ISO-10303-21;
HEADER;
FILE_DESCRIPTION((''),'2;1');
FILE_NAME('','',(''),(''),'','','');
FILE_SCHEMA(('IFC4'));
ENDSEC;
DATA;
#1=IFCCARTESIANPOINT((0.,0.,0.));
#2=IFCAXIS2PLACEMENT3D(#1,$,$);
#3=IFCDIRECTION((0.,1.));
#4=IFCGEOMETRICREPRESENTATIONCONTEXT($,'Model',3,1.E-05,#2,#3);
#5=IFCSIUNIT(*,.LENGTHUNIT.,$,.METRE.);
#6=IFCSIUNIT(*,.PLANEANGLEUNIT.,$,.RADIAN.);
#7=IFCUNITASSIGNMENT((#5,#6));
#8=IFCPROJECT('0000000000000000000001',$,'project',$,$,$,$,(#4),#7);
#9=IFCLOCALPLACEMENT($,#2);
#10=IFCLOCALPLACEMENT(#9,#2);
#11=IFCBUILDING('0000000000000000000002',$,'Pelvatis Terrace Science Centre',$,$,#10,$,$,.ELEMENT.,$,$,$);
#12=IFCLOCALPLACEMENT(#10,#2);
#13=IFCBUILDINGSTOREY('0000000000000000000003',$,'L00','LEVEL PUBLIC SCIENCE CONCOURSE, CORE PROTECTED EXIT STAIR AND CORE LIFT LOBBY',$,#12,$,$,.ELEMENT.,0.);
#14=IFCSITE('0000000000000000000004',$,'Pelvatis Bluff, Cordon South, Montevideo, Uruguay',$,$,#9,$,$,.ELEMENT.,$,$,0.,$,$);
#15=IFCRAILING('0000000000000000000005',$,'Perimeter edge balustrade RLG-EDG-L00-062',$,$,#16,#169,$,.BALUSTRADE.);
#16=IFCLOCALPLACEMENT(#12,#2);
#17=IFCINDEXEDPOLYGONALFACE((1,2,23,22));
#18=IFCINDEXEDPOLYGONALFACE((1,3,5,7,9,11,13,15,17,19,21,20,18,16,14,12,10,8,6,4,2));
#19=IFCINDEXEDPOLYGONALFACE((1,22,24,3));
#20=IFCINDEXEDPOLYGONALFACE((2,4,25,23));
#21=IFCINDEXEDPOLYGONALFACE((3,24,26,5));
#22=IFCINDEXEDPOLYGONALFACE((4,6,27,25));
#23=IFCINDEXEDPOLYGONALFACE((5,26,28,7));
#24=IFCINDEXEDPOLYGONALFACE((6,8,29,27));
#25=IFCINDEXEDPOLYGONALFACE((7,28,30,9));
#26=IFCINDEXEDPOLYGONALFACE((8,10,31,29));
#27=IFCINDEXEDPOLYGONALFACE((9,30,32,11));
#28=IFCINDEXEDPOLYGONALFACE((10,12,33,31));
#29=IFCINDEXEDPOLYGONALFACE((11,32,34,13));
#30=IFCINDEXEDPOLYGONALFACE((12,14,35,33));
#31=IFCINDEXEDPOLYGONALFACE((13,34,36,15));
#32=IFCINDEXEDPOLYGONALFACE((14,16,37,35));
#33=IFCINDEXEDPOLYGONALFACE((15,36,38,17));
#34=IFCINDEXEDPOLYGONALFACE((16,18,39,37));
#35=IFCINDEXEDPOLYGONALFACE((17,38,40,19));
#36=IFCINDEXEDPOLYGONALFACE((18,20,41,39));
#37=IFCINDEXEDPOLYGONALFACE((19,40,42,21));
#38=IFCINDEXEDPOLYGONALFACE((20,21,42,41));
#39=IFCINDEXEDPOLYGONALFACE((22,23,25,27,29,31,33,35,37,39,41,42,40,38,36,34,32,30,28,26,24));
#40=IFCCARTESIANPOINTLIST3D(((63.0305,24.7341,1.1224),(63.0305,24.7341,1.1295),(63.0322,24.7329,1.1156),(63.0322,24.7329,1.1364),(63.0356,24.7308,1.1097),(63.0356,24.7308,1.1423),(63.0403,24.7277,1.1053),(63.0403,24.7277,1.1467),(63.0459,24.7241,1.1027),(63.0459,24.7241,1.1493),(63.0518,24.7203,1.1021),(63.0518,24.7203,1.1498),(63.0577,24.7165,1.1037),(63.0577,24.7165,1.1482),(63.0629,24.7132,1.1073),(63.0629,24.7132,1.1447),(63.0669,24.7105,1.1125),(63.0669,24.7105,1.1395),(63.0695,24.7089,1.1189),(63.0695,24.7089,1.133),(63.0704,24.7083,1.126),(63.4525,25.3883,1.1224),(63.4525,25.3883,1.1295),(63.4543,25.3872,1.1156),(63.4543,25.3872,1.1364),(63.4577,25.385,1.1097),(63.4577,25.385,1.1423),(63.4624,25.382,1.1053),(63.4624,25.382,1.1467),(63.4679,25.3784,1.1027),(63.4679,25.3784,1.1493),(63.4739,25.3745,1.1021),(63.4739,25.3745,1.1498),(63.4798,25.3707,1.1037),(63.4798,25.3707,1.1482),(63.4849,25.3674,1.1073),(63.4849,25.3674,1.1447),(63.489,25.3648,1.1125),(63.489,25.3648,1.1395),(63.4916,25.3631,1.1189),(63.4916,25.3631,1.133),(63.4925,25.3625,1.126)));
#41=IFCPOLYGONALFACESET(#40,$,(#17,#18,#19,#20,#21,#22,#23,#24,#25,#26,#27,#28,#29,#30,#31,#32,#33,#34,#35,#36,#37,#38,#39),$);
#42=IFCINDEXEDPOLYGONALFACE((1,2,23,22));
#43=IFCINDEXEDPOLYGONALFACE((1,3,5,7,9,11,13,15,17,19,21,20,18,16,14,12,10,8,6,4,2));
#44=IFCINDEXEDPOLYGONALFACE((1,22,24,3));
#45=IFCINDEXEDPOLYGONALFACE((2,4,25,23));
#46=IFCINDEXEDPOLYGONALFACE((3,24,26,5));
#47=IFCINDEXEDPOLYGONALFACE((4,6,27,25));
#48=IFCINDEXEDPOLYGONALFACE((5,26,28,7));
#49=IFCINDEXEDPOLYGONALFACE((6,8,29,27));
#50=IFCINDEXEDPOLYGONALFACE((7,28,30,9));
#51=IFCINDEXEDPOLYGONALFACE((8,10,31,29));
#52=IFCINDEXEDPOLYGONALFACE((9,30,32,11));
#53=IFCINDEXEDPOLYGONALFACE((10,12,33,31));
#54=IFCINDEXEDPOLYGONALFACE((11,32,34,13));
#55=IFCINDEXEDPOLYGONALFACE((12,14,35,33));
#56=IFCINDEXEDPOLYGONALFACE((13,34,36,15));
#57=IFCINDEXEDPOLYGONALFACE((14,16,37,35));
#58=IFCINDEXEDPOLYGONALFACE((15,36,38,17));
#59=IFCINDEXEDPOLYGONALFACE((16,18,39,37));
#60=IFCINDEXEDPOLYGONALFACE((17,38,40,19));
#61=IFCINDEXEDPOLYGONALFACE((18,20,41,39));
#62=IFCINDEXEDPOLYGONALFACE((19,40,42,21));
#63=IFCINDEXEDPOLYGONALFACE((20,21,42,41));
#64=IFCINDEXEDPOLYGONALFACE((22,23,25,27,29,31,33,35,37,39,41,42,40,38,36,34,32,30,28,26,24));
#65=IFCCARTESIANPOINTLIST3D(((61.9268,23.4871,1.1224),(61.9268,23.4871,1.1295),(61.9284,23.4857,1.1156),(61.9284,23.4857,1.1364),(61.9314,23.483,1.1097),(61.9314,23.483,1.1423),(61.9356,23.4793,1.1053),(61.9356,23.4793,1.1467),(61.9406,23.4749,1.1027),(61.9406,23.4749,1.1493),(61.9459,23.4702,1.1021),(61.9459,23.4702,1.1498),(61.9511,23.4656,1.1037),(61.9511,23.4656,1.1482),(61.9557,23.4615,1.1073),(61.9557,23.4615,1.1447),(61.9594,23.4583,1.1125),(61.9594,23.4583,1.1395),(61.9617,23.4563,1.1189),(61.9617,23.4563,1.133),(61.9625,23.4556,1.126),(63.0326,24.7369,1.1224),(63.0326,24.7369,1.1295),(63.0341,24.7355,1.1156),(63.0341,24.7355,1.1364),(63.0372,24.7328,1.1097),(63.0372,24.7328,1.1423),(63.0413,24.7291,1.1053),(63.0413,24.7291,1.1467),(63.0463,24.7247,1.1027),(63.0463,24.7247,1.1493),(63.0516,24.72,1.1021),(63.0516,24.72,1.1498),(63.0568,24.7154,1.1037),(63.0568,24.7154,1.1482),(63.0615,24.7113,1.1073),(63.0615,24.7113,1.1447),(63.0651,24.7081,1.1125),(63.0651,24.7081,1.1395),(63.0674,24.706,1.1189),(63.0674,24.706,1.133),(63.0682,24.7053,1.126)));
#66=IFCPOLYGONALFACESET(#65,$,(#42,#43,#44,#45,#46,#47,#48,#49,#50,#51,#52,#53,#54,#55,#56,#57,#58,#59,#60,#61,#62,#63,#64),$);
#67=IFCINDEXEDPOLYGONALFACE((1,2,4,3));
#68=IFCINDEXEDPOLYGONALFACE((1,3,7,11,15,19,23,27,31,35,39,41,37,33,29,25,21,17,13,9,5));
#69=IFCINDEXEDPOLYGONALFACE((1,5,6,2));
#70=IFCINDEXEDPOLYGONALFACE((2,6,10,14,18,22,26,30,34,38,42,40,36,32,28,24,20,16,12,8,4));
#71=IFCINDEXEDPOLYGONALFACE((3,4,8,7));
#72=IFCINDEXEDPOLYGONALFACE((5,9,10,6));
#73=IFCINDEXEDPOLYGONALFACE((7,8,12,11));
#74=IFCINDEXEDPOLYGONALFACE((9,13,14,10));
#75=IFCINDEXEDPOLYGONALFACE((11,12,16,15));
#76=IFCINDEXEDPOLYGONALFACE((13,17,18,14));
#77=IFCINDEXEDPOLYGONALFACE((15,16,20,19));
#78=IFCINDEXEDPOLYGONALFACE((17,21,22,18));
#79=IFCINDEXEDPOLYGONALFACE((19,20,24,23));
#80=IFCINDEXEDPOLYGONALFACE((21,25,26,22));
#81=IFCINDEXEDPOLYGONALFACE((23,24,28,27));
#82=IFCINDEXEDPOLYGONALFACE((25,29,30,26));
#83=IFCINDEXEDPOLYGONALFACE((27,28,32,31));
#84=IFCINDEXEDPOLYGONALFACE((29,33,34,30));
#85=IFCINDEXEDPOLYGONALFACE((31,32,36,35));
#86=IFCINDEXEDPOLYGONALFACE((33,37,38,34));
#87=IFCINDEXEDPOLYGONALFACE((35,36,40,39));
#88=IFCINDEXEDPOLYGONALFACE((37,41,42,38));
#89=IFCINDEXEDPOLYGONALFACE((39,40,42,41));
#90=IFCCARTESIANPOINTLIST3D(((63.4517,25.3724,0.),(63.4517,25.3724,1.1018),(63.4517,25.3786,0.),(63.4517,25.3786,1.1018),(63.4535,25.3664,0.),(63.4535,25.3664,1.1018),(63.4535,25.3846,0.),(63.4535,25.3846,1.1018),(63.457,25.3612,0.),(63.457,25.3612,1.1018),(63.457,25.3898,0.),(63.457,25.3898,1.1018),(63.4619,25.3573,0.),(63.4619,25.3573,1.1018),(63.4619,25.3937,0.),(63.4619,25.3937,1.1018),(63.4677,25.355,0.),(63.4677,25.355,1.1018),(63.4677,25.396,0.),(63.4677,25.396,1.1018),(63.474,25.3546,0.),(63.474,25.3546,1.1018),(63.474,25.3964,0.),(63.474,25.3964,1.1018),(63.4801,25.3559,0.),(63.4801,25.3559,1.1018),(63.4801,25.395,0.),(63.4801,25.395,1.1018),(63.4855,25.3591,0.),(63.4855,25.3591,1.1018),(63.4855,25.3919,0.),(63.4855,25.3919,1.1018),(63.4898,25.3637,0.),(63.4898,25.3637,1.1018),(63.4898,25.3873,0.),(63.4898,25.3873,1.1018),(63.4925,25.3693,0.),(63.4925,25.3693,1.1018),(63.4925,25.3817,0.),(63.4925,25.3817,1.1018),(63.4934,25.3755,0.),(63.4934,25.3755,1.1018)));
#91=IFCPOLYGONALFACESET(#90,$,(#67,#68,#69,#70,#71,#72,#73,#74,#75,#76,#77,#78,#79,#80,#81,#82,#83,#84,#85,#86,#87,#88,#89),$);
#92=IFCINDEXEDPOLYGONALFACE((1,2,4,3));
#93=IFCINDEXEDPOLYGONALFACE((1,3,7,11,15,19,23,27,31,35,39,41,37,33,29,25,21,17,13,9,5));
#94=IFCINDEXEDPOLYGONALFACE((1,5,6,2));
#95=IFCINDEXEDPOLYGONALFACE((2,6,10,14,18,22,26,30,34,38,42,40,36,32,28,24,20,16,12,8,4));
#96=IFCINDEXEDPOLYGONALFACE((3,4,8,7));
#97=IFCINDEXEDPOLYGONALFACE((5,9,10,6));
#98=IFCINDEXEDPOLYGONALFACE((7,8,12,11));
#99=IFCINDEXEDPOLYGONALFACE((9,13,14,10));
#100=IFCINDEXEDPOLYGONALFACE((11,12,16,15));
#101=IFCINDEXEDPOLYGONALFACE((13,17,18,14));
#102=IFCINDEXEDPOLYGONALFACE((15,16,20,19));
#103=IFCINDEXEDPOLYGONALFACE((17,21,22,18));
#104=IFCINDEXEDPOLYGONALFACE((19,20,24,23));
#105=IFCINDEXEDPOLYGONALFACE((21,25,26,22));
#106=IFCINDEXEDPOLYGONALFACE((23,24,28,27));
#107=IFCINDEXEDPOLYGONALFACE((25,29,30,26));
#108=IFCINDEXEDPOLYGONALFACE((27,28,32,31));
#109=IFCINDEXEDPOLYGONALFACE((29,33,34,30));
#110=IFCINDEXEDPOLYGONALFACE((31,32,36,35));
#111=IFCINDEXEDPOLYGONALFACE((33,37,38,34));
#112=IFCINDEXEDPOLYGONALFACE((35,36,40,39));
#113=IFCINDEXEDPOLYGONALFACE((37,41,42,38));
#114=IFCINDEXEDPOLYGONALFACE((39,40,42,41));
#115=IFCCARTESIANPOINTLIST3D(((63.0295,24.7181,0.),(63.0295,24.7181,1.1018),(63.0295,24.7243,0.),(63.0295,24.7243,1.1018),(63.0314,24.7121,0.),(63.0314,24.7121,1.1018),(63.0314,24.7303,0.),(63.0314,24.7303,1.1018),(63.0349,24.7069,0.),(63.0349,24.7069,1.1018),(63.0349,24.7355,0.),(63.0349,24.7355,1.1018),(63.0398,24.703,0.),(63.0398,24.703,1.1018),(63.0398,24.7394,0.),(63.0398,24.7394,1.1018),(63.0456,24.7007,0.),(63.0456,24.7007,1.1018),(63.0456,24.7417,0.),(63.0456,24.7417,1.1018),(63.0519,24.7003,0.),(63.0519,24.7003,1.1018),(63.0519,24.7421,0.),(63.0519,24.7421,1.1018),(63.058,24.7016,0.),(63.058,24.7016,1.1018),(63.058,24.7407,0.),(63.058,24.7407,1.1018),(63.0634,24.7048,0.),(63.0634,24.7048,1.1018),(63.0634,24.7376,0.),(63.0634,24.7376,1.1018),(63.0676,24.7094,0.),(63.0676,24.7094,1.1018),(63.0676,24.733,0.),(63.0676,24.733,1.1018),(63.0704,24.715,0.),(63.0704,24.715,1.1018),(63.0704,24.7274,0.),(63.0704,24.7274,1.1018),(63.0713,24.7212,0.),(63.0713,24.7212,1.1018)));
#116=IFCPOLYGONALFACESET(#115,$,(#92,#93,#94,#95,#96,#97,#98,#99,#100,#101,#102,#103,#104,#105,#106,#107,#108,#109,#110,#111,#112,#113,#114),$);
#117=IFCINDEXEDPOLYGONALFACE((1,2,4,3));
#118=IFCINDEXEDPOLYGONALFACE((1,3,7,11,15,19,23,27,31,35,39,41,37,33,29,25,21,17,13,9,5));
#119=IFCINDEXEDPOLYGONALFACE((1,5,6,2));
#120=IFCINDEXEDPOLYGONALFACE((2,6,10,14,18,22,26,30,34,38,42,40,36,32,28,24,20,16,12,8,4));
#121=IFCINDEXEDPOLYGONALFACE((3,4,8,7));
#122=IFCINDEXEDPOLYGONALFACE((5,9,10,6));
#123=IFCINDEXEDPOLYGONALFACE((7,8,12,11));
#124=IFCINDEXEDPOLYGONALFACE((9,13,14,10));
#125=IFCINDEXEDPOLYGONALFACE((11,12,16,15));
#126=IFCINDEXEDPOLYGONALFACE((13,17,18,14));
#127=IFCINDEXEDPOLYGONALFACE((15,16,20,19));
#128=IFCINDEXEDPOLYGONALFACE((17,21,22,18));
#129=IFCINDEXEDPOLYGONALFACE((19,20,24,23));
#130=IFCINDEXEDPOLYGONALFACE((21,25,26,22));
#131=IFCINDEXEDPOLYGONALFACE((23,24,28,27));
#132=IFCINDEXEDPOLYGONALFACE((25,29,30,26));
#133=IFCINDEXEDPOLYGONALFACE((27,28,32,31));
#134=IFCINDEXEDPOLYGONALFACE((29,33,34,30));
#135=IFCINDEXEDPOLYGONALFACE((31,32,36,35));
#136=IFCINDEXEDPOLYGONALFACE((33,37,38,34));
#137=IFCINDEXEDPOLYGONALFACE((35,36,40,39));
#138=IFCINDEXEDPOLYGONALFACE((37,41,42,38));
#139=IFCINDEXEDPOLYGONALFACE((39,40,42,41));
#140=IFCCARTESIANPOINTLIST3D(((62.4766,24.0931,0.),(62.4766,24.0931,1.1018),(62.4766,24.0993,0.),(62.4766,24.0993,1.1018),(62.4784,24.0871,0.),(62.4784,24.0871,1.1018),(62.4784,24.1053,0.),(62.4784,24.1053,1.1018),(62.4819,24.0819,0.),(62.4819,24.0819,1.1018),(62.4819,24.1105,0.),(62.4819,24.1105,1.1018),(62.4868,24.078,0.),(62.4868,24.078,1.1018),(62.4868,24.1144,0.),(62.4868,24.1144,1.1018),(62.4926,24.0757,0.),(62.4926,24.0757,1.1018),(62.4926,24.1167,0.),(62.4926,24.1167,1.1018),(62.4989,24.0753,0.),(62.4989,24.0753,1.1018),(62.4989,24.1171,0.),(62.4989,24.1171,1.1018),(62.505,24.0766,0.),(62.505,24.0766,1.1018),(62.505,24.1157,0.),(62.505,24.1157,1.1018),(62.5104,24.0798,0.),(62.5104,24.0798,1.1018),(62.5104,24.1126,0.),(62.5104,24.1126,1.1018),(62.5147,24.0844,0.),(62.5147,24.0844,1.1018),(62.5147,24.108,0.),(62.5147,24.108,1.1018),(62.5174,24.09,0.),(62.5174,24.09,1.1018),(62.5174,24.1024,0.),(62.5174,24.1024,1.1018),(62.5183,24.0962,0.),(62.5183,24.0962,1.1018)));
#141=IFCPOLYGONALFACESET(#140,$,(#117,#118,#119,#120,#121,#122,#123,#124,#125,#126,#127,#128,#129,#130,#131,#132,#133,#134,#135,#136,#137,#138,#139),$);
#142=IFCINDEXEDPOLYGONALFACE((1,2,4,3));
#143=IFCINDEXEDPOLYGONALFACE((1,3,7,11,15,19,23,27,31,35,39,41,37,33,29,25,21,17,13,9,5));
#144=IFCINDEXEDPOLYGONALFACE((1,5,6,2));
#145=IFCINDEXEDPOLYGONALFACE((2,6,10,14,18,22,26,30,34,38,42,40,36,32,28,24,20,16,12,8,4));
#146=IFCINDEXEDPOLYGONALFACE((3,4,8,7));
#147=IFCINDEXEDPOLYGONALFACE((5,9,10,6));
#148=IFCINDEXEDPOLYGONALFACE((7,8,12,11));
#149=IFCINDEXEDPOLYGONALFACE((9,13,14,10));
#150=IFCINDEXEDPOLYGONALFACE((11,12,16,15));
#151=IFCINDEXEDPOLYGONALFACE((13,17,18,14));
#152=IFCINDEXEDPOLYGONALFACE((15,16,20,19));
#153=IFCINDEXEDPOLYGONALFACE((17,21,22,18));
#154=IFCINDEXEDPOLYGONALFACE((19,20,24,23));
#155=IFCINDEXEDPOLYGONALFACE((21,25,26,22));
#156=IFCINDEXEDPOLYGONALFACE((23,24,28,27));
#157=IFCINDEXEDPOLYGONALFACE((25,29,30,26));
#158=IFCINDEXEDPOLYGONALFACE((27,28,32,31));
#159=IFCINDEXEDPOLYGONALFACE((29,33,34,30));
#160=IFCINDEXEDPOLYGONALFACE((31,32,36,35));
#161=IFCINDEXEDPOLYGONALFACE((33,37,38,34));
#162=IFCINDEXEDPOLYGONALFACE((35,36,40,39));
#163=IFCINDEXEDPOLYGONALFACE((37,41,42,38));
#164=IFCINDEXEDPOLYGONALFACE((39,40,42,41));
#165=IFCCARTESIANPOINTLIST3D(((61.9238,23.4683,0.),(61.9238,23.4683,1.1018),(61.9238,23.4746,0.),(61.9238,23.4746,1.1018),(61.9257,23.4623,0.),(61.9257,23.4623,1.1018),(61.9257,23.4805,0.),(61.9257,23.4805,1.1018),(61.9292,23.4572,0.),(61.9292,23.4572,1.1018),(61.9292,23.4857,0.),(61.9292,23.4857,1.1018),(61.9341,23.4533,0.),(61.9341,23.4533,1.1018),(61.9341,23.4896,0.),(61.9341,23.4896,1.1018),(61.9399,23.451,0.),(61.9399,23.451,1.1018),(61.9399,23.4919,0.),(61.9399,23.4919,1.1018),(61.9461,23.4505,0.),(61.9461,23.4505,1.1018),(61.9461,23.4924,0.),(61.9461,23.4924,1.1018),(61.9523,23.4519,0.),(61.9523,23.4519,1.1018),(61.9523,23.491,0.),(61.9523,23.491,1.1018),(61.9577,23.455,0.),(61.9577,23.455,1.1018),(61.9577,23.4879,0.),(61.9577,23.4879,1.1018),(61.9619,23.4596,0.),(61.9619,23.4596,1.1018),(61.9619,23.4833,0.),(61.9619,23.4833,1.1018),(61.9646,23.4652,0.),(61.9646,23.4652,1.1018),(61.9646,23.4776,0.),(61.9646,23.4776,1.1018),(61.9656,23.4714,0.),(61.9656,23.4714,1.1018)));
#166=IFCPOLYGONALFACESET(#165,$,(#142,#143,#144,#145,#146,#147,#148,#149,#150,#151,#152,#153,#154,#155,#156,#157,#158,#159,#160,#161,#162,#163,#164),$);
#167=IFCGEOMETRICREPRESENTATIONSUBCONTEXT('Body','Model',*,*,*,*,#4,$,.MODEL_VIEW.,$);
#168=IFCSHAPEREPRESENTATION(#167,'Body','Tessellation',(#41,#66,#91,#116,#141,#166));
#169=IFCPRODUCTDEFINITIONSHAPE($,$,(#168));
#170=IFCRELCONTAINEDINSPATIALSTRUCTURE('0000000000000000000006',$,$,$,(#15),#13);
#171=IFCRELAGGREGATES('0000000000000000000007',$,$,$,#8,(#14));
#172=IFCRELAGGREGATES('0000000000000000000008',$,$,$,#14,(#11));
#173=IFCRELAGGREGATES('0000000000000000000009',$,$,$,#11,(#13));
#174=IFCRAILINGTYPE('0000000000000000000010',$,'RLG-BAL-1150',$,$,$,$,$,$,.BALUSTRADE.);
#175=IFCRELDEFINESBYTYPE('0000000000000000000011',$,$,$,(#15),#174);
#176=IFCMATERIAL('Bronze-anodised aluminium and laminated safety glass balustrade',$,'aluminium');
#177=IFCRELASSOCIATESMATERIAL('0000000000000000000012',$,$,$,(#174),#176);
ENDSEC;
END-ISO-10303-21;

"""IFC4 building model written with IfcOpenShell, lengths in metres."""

from ifc_helpers import new_model, si_unit, direction, frame, origin, origin_2d, place, context, subcontext, project, spatial, circle, extrude, material, type_object, element, save


model = new_model("IFC4")

# Units and contexts
model_context = context("Model", 3, precision=1e-05, world=origin(), true_north=direction((0.0, 1.0)))
body_context = subcontext(model_context, "Body", "Model", "MODEL_VIEW")
ifc_project = project(units=[si_unit("LENGTHUNIT", "METRE"), si_unit("PLANEANGLEUNIT", "RADIAN")], contexts=[model_context])

# Site, building, storey
site_placement = place(None, origin())
site = spatial("IfcSite", under=ifc_project, at=site_placement, Name="Pelvatis Bluff, Cordon South, Montevideo, Uruguay", CompositionType="ELEMENT", RefElevation=0.0)
building_placement = place(site_placement, origin())
building = spatial("IfcBuilding", under=site, at=building_placement, Name="Pelvatis Terrace Science Centre", CompositionType="ELEMENT")
storey_placement = place(building_placement, origin())
storey = spatial("IfcBuildingStorey", under=building, at=storey_placement, Name="L00", Description="LEVEL PUBLIC SCIENCE CONCOURSE, CORE PROTECTED EXIT STAIR AND CORE LIFT LOBBY", CompositionType="ELEMENT", Elevation=0.0)

# Railing
ifc_material_1 = material(Name="Bronze-anodised aluminium and laminated safety glass balustrade", Category="aluminium")
railing_type = type_object("IfcRailingType", Name="RLG-BAL-1150", PredefinedType="BALUSTRADE", material=ifc_material_1)
railing_placement = place(storey_placement, frame((63.4724, 25.3755, 0.0)))
element("IfcRailing", 1, at=railing_placement, inside=storey, type_object=railing_type, Name="Perimeter edge balustrade RLG-EDG-L00-062", PredefinedType="BALUSTRADE", context=body_context, shape_type="SweptSolid", body=[
    extrude(circle(Radius=0.0239, at=origin_2d()), frame((0.0, 0.0, 1.126), z_axis=(-0.54212, -0.840301, 0.0), x_axis=(0.840301, -0.54212, 0.0)), (0.0, 0.0, 1.0), 0.7786),
    extrude(circle(Radius=0.0239, at=origin_2d()), frame((-0.4221, -0.6543, 1.126), z_axis=(-0.662628, -0.748949, 0.0), x_axis=(0.748949, -0.662628, 0.0)), (0.0, 0.0, 1.0), 1.6687),
    extrude(circle(Radius=0.021, at=origin_2d()), origin(), (0.0, 0.0, 1.0), 1.1018),
    extrude(circle(Radius=0.021, at=origin_2d()), frame((-0.4221, -0.6543, 0.0)), (0.0, 0.0, 1.0), 1.1018),
    extrude(circle(Radius=0.021, at=origin_2d()), frame((-0.9751, -1.2793, 0.0)), (0.0, 0.0, 1.0), 1.1018),
    extrude(circle(Radius=0.021, at=origin_2d()), frame((-1.5278, -1.9041, 0.0)), (0.0, 0.0, 1.0), 1.1018),
])

save(model, "model.ifc")
